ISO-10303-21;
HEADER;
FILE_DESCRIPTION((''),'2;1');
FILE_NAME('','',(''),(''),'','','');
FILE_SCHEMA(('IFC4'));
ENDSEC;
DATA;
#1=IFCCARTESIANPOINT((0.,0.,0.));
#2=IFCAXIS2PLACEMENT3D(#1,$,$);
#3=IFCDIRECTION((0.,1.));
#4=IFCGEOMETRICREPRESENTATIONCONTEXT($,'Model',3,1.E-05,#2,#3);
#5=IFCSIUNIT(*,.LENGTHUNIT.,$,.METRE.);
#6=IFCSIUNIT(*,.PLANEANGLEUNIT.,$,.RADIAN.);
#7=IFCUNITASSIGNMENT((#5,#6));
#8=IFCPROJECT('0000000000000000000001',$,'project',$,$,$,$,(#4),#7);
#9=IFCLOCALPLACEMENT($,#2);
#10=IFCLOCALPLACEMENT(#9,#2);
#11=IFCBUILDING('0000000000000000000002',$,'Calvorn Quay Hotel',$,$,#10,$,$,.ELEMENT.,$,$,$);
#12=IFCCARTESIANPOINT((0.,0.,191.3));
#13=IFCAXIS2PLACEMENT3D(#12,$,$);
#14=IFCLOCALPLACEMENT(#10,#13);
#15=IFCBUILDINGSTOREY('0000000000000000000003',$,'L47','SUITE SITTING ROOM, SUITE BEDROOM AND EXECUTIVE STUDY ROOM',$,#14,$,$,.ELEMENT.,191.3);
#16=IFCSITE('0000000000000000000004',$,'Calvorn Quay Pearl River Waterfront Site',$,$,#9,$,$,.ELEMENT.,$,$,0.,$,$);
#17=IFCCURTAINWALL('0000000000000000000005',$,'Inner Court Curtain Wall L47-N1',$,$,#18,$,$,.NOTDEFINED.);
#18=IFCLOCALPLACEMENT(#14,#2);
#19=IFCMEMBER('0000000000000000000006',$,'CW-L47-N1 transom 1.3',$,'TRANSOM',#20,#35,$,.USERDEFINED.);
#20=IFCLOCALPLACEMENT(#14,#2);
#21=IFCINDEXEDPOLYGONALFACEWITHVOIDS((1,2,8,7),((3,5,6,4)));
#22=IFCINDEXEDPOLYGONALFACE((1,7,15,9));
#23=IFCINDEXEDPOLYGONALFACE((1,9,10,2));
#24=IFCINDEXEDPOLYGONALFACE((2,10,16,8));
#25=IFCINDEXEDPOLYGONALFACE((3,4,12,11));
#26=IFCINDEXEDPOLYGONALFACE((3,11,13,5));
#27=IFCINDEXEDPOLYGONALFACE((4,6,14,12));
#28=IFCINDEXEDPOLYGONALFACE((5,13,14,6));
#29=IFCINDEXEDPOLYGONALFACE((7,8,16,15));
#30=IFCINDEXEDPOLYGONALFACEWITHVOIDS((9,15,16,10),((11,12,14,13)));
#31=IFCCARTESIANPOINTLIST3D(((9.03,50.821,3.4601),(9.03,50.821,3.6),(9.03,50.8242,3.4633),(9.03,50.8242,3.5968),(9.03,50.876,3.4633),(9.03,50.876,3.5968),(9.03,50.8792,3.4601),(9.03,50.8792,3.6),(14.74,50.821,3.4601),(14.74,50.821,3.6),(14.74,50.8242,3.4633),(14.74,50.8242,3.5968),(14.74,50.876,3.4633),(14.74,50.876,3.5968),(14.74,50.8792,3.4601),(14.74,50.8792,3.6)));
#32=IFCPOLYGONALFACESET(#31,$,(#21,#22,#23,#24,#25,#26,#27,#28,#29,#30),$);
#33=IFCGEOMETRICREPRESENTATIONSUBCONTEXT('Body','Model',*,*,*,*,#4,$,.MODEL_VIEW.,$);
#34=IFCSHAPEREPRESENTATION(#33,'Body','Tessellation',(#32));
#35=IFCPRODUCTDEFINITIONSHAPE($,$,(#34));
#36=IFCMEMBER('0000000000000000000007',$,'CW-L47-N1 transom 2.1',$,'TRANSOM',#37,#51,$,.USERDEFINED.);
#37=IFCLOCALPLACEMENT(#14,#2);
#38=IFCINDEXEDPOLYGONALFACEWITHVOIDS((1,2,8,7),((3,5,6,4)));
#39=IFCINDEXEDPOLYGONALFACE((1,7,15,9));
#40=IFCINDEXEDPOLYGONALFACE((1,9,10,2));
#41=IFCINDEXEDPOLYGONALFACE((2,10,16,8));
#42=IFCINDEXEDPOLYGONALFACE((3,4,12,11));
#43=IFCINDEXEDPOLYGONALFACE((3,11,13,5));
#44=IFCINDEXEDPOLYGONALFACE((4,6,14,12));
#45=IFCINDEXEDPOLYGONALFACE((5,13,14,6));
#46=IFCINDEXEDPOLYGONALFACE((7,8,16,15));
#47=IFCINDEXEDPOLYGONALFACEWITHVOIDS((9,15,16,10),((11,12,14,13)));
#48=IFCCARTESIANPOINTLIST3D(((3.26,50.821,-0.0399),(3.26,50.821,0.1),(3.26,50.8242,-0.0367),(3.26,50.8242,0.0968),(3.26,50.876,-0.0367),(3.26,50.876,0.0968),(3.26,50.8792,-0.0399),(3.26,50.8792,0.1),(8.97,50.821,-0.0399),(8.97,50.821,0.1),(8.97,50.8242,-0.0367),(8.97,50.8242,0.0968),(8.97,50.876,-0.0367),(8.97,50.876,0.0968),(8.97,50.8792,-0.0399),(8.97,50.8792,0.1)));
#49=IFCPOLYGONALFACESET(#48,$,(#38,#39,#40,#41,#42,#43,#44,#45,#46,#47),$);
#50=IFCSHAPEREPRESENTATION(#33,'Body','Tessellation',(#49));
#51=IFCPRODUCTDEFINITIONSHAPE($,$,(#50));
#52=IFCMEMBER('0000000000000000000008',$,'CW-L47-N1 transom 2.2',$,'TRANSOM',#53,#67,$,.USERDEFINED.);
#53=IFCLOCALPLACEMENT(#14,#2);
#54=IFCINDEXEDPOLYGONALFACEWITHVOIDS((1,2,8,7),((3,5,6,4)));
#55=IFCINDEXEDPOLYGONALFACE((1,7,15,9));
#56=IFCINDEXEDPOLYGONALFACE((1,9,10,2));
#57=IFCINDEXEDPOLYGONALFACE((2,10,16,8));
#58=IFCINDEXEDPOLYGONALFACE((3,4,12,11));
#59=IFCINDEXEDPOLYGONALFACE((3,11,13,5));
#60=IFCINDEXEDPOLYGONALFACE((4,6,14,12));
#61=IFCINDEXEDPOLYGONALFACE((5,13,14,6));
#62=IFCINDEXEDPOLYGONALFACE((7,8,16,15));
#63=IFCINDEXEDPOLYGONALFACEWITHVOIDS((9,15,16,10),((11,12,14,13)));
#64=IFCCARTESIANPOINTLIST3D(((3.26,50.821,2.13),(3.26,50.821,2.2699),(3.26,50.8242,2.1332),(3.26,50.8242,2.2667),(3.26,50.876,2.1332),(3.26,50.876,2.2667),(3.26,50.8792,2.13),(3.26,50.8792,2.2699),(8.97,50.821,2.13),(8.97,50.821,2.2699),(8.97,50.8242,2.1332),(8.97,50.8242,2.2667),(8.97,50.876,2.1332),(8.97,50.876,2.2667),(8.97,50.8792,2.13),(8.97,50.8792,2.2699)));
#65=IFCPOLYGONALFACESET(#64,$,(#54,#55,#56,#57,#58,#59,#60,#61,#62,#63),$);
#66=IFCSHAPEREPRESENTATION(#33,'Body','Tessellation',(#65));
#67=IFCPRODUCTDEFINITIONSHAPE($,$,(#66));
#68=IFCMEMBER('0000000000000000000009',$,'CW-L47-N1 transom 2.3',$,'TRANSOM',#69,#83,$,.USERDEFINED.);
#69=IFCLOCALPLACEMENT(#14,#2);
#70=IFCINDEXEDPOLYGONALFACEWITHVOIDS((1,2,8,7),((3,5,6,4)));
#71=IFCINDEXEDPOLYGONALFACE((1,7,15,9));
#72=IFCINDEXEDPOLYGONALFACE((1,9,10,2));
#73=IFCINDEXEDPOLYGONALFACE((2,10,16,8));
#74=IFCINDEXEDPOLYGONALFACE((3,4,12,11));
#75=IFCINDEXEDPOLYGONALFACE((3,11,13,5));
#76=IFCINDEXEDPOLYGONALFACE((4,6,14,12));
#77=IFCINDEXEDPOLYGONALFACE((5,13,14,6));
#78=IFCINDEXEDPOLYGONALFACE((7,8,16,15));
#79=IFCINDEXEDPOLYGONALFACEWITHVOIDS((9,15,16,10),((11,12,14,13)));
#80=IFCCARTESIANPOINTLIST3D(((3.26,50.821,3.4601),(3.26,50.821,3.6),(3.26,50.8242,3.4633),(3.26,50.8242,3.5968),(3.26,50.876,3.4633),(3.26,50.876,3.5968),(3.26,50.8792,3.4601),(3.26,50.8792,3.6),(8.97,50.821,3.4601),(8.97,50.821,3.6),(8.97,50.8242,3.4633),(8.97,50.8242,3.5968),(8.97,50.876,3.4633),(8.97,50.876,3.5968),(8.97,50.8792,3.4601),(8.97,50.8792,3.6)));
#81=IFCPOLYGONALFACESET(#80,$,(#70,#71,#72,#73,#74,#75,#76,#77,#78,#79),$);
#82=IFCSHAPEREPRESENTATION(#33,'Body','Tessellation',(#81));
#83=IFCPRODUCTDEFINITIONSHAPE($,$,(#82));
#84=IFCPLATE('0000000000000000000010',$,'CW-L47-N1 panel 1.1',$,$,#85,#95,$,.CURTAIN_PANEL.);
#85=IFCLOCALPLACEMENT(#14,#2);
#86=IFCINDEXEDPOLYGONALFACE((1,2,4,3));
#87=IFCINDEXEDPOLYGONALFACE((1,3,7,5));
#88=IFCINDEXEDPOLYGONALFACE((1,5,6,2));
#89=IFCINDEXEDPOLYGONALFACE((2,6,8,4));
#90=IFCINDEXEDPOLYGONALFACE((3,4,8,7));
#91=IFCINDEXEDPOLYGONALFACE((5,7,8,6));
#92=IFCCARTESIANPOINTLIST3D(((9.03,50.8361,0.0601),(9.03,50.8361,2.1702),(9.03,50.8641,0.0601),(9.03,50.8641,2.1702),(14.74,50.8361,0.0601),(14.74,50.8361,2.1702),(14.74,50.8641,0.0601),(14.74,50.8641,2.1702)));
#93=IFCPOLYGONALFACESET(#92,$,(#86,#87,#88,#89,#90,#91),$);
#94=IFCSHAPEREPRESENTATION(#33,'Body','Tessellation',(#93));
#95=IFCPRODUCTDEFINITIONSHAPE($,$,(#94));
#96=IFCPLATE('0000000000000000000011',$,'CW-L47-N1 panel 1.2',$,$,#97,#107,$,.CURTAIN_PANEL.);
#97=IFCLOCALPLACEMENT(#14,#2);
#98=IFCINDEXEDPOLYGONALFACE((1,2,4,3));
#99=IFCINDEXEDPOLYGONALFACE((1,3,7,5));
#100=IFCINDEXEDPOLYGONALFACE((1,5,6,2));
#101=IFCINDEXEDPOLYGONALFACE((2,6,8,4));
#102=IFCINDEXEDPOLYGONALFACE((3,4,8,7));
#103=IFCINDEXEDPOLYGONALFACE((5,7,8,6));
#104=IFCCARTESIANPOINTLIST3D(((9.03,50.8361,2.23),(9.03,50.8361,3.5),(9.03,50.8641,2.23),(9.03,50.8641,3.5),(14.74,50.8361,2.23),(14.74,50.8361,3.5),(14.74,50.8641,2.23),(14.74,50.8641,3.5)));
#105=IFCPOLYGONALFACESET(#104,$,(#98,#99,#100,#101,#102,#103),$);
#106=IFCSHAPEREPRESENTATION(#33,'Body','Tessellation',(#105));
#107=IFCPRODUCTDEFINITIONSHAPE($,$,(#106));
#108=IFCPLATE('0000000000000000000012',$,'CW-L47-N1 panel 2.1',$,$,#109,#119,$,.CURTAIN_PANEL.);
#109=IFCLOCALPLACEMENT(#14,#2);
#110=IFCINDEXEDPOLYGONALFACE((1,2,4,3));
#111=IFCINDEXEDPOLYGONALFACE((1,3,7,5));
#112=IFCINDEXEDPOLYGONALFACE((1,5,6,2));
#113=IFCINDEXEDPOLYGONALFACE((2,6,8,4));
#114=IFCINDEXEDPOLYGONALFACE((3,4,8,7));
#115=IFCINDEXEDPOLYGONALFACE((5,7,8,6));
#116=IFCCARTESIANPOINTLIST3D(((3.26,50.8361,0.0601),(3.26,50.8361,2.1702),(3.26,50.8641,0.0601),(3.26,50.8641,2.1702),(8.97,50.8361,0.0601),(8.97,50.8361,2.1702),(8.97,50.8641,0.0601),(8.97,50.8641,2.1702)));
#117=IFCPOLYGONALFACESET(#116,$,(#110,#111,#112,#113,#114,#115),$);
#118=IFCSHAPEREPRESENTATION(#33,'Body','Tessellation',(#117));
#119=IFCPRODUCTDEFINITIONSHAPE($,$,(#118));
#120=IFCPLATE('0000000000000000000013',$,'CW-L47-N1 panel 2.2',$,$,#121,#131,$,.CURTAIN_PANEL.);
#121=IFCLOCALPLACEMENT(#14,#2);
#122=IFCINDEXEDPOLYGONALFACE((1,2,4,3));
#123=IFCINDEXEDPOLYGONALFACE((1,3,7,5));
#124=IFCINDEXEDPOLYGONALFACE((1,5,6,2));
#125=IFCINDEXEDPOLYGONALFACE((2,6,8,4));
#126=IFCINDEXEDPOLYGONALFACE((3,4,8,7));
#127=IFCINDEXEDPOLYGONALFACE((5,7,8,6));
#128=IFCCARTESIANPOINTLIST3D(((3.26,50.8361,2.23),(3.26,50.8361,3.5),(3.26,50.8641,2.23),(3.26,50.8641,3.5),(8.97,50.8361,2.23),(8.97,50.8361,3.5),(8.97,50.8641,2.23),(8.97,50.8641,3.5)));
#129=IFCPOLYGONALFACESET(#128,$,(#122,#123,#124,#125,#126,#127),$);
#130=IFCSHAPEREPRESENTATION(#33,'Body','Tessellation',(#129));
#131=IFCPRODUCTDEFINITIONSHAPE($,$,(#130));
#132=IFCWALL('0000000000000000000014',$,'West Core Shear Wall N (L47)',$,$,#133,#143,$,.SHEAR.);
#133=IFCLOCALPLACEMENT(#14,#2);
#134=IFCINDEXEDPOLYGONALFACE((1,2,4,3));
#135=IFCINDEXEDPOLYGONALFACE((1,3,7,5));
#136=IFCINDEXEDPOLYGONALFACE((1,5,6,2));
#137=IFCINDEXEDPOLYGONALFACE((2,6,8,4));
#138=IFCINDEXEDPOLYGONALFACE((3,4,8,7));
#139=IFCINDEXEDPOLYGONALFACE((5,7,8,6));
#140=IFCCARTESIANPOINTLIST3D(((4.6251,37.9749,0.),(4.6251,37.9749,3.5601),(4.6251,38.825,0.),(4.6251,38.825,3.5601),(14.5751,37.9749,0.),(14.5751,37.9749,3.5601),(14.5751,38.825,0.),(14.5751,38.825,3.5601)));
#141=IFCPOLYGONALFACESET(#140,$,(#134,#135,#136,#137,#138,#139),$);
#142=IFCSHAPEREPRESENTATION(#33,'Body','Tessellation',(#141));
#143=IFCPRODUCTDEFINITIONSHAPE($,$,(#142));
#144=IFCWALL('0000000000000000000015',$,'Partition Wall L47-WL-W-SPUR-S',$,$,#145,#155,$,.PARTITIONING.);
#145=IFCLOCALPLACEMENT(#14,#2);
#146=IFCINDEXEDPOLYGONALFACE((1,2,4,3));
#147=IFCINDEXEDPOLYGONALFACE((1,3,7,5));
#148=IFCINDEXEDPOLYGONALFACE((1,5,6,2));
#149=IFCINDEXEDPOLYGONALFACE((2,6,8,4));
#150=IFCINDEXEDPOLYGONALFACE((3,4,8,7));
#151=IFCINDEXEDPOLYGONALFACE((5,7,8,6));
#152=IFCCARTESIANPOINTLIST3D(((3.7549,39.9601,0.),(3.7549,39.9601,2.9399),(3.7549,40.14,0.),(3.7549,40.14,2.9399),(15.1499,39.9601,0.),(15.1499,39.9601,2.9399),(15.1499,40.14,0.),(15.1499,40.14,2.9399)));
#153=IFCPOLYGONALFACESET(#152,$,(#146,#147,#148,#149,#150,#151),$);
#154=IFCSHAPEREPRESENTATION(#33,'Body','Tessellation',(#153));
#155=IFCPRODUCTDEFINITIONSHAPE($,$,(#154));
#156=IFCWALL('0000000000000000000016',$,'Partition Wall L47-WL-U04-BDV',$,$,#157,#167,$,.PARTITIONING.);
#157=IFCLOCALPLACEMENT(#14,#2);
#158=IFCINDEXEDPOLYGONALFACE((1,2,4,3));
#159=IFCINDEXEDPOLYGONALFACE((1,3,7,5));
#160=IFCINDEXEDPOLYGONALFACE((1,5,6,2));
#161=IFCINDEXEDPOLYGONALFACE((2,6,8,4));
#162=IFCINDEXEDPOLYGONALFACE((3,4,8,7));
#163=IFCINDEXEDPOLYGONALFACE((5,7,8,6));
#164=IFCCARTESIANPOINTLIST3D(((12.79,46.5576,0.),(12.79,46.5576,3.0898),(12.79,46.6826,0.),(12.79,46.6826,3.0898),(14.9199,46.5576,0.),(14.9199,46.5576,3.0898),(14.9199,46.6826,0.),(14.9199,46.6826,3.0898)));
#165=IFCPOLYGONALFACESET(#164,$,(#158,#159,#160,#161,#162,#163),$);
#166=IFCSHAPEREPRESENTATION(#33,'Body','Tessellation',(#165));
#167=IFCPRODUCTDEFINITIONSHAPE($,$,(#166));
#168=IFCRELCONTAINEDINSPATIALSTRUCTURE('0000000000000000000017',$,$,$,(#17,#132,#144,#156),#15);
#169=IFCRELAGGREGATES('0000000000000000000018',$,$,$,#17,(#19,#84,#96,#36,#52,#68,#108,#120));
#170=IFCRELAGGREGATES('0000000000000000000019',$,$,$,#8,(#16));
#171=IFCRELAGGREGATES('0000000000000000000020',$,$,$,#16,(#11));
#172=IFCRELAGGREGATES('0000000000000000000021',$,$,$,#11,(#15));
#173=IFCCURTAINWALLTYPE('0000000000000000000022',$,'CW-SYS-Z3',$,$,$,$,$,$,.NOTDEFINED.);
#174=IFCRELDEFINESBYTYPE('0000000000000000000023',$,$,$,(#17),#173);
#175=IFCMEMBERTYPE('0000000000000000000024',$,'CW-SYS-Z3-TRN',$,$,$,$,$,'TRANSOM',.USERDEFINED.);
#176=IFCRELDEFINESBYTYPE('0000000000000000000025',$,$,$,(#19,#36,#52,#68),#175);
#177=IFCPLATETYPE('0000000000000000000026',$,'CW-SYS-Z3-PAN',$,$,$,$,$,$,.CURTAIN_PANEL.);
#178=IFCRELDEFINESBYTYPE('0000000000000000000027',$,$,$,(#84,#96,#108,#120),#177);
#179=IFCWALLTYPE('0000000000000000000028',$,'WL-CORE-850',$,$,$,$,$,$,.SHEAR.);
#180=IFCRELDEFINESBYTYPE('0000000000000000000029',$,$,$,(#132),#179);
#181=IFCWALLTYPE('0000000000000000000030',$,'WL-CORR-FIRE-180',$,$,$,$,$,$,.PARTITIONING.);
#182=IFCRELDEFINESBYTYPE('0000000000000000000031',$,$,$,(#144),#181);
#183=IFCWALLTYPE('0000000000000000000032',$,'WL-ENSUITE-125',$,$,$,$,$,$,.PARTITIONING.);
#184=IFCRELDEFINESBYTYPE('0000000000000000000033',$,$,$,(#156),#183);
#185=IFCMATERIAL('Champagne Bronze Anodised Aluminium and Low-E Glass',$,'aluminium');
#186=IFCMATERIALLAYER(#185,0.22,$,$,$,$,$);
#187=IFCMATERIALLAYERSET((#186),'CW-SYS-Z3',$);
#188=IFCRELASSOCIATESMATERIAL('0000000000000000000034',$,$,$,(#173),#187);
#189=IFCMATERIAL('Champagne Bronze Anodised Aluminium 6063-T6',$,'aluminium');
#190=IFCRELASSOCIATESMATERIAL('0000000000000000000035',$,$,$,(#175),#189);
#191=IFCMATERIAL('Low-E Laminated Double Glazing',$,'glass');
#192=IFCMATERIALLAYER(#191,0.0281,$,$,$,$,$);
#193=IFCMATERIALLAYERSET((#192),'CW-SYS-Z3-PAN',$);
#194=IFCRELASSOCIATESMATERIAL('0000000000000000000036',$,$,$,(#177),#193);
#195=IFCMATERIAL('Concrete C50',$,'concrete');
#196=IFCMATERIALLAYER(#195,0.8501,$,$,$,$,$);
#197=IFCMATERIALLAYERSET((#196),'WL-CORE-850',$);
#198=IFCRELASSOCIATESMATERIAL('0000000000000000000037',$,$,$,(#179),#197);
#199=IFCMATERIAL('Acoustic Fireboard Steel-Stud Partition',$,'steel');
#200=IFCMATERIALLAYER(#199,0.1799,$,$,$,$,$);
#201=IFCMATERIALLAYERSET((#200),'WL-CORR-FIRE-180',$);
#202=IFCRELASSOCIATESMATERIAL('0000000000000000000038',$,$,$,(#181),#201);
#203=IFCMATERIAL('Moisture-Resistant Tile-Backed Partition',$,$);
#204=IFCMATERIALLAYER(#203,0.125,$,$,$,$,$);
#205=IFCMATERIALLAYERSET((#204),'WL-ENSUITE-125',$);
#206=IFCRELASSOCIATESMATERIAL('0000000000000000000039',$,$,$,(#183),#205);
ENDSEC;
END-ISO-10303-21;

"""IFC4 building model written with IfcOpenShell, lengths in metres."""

from ifc_helpers import new_model, si_unit, direction, frame, frame_2d, origin, origin_2d, place, context, subcontext, project, spatial, rectangle, hollow_rectangle, extrude, material, layer, layer_set, material_profile, profile_set, type_object, element, aggregate, save


model = new_model("IFC4")

# Units and contexts
model_context = context("Model", 3, precision=1e-05, world=origin(), true_north=direction((0.0, 1.0)))
body_context = subcontext(model_context, "Body", "Model", "MODEL_VIEW")
ifc_project = project(units=[si_unit("LENGTHUNIT", "METRE"), si_unit("PLANEANGLEUNIT", "RADIAN")], contexts=[model_context])

# Site, building, storey
site_placement = place(None, origin())
site = spatial("IfcSite", under=ifc_project, at=site_placement, Name="Calvorn Quay Pearl River Waterfront Site", CompositionType="ELEMENT", RefElevation=0.0)
building_placement = place(site_placement, origin())
building = spatial("IfcBuilding", under=site, at=building_placement, Name="Calvorn Quay Hotel", CompositionType="ELEMENT")
storey_placement = place(building_placement, frame((0.0, 0.0, 191.3)))
storey = spatial("IfcBuildingStorey", under=building, at=storey_placement, Name="L47", Description="SUITE SITTING ROOM, SUITE BEDROOM AND EXECUTIVE STUDY ROOM", CompositionType="ELEMENT", Elevation=191.3)

# Curtain wall, members, plates
ifc_material_1 = material(Name="Champagne Bronze Anodised Aluminium and Low-E Glass", Category="aluminium")
ifc_layer_1 = layer(ifc_material_1, 0.22)
ifc_layer_set_1 = layer_set([ifc_layer_1], Name="CW-SYS-Z3")
curtain_wall_type = type_object("IfcCurtainWallType", Name="CW-SYS-Z3", PredefinedType="NOTDEFINED", material=ifc_layer_set_1)
curtain_wall_placement = place(storey_placement, origin())
curtain_wall = element("IfcCurtainWall", 1, at=curtain_wall_placement, inside=storey, type_object=curtain_wall_type, Name="Inner Court Curtain Wall L47-N1", PredefinedType="NOTDEFINED")
ifc_material_2 = material(Name="Champagne Bronze Anodised Aluminium 6063-T6", Category="aluminium")
ifc_material_profile_1 = material_profile(ifc_material_2, hollow_rectangle(XDim=0.0581, YDim=0.1399, WallThickness=0.0032, at=origin_2d()), Name="ALU-T140x58x3.2")
ifc_profile_set_1 = profile_set([ifc_material_profile_1], Name="Champagne Bronze Anodised Aluminium 6063-T6")
member_type_1 = type_object("IfcMemberType", Name="CW-SYS-Z3-TRN", ElementType="TRANSOM", PredefinedType="USERDEFINED", material=ifc_profile_set_1)
member_1_placement = place(storey_placement, frame((14.74, 50.8501, 3.53), z_axis=(-1.0, 0.0, 0.0), x_axis=(0.0, -1.0, 0.0)))
member_1 = element("IfcMember", 2, at=member_1_placement, type_object=member_type_1, Name="CW-L47-N1 transom 1.3", ObjectType="TRANSOM", PredefinedType="USERDEFINED", context=body_context, shape_type="SweptSolid", body=[
    extrude(hollow_rectangle(XDim=0.0581, YDim=0.1399, WallThickness=0.0032, at=origin_2d()), origin(), (0.0, 0.0, 1.0), 5.71),
])
member_2_placement = place(storey_placement, frame((8.97, 50.8501, 0.03), z_axis=(-1.0, 0.0, 0.0), x_axis=(0.0, -1.0, 0.0)))
member_2 = element("IfcMember", 3, at=member_2_placement, type_object=member_type_1, Name="CW-L47-N1 transom 2.1", ObjectType="TRANSOM", PredefinedType="USERDEFINED", context=body_context, shape_type="SweptSolid", body=[
    extrude(hollow_rectangle(XDim=0.0581, YDim=0.1399, WallThickness=0.0032, at=origin_2d()), origin(), (0.0, 0.0, 1.0), 5.71),
])
member_3_placement = place(storey_placement, frame((8.97, 50.8501, 2.2), z_axis=(-1.0, 0.0, 0.0), x_axis=(0.0, -1.0, 0.0)))
member_3 = element("IfcMember", 4, at=member_3_placement, type_object=member_type_1, Name="CW-L47-N1 transom 2.2", ObjectType="TRANSOM", PredefinedType="USERDEFINED", context=body_context, shape_type="SweptSolid", body=[
    extrude(hollow_rectangle(XDim=0.0581, YDim=0.1399, WallThickness=0.0032, at=origin_2d()), origin(), (0.0, 0.0, 1.0), 5.71),
])
member_4_placement = place(storey_placement, frame((8.97, 50.8501, 3.53), z_axis=(-1.0, 0.0, 0.0), x_axis=(0.0, -1.0, 0.0)))
member_4 = element("IfcMember", 5, at=member_4_placement, type_object=member_type_1, Name="CW-L47-N1 transom 2.3", ObjectType="TRANSOM", PredefinedType="USERDEFINED", context=body_context, shape_type="SweptSolid", body=[
    extrude(hollow_rectangle(XDim=0.0581, YDim=0.1399, WallThickness=0.0032, at=origin_2d()), origin(), (0.0, 0.0, 1.0), 5.71),
])
ifc_material_3 = material(Name="Low-E Laminated Double Glazing", Category="glass")
ifc_layer_2 = layer(ifc_material_3, 0.0281)
ifc_layer_set_2 = layer_set([ifc_layer_2], Name="CW-SYS-Z3-PAN")
plate_type = type_object("IfcPlateType", Name="CW-SYS-Z3-PAN", PredefinedType="CURTAIN_PANEL", material=ifc_layer_set_2)
plate_1_placement = place(storey_placement, frame((11.885, 50.8501, 0.0601), z_axis=(0.0, 0.0, 1.0), x_axis=(-1.0, 0.0, 0.0)))
plate_1 = element("IfcPlate", 6, at=plate_1_placement, type_object=plate_type, Name="CW-L47-N1 panel 1.1", PredefinedType="CURTAIN_PANEL", context=body_context, shape_type="SweptSolid", body=[
    extrude(rectangle(XDim=5.71, YDim=0.0281, at=origin_2d()), origin(), (0.0, 0.0, 1.0), 2.1101),
])
plate_2_placement = place(storey_placement, frame((11.885, 50.8501, 2.23), z_axis=(0.0, 0.0, 1.0), x_axis=(-1.0, 0.0, 0.0)))
plate_2 = element("IfcPlate", 7, at=plate_2_placement, type_object=plate_type, Name="CW-L47-N1 panel 1.2", PredefinedType="CURTAIN_PANEL", context=body_context, shape_type="SweptSolid", body=[
    extrude(rectangle(XDim=5.71, YDim=0.0281, at=origin_2d()), origin(), (0.0, 0.0, 1.0), 1.27),
])
plate_3_placement = place(storey_placement, frame((6.115, 50.8501, 0.0601), z_axis=(0.0, 0.0, 1.0), x_axis=(-1.0, 0.0, 0.0)))
plate_3 = element("IfcPlate", 8, at=plate_3_placement, type_object=plate_type, Name="CW-L47-N1 panel 2.1", PredefinedType="CURTAIN_PANEL", context=body_context, shape_type="SweptSolid", body=[
    extrude(rectangle(XDim=5.71, YDim=0.0281, at=origin_2d()), origin(), (0.0, 0.0, 1.0), 2.1101),
])
plate_4_placement = place(storey_placement, frame((6.115, 50.8501, 2.23), z_axis=(0.0, 0.0, 1.0), x_axis=(-1.0, 0.0, 0.0)))
plate_4 = element("IfcPlate", 9, at=plate_4_placement, type_object=plate_type, Name="CW-L47-N1 panel 2.2", PredefinedType="CURTAIN_PANEL", context=body_context, shape_type="SweptSolid", body=[
    extrude(rectangle(XDim=5.71, YDim=0.0281, at=origin_2d()), origin(), (0.0, 0.0, 1.0), 1.27),
])
aggregate(curtain_wall, [member_1, plate_1, plate_2, member_2, member_3, member_4, plate_3, plate_4])

# Walls
ifc_material_4 = material(Name="Concrete C50", Category="concrete")
ifc_layer_3 = layer(ifc_material_4, 0.8501)
ifc_layer_set_3 = layer_set([ifc_layer_3], Name="WL-CORE-850")
wall_type_1 = type_object("IfcWallType", Name="WL-CORE-850", PredefinedType="SHEAR", material=ifc_layer_set_3)
wall_1_placement = place(storey_placement, frame((4.625, 38.3999, 0.0), z_axis=(0.0, 0.0, 1.0), x_axis=(1.0, 0.0, 0.0)))
element("IfcWall", 10, at=wall_1_placement, inside=storey, type_object=wall_type_1, Name="West Core Shear Wall N (L47)", PredefinedType="SHEAR", context=body_context, shape_type="SweptSolid", body=[
    extrude(rectangle(XDim=9.95, YDim=0.8501, at=frame_2d((4.9751, 0.0))), origin(), (0.0, 0.0, 1.0), 3.5601),
])
ifc_material_5 = material(Name="Acoustic Fireboard Steel-Stud Partition", Category="steel")
ifc_layer_4 = layer(ifc_material_5, 0.1799)
ifc_layer_set_4 = layer_set([ifc_layer_4], Name="WL-CORR-FIRE-180")
wall_type_2 = type_object("IfcWallType", Name="WL-CORR-FIRE-180", PredefinedType="PARTITIONING", material=ifc_layer_set_4)
wall_2_placement = place(storey_placement, frame((3.7549, 40.05, 0.0), z_axis=(0.0, 0.0, 1.0), x_axis=(1.0, 0.0, 0.0)))
element("IfcWall", 11, at=wall_2_placement, inside=storey, type_object=wall_type_2, Name="Partition Wall L47-WL-W-SPUR-S", PredefinedType="PARTITIONING", context=body_context, shape_type="SweptSolid", body=[
    extrude(rectangle(XDim=11.395, YDim=0.1799, at=frame_2d((5.6975, 0.0))), origin(), (0.0, 0.0, 1.0), 2.9399),
])
ifc_material_6 = material(Name="Moisture-Resistant Tile-Backed Partition")
ifc_layer_5 = layer(ifc_material_6, 0.125)
ifc_layer_set_5 = layer_set([ifc_layer_5], Name="WL-ENSUITE-125")
wall_type_3 = type_object("IfcWallType", Name="WL-ENSUITE-125", PredefinedType="PARTITIONING", material=ifc_layer_set_5)
wall_3_placement = place(storey_placement, frame((12.79, 46.6201, 0.0), z_axis=(0.0, 0.0, 1.0), x_axis=(1.0, 0.0, 0.0)))
element("IfcWall", 12, at=wall_3_placement, inside=storey, type_object=wall_type_3, Name="Partition Wall L47-WL-U04-BDV", PredefinedType="PARTITIONING", context=body_context, shape_type="SweptSolid", body=[
    extrude(rectangle(XDim=2.1299, YDim=0.125, at=frame_2d((1.0649, 0.0))), origin(), (0.0, 0.0, 1.0), 3.0898),
])

save(model, "model.ifc")
